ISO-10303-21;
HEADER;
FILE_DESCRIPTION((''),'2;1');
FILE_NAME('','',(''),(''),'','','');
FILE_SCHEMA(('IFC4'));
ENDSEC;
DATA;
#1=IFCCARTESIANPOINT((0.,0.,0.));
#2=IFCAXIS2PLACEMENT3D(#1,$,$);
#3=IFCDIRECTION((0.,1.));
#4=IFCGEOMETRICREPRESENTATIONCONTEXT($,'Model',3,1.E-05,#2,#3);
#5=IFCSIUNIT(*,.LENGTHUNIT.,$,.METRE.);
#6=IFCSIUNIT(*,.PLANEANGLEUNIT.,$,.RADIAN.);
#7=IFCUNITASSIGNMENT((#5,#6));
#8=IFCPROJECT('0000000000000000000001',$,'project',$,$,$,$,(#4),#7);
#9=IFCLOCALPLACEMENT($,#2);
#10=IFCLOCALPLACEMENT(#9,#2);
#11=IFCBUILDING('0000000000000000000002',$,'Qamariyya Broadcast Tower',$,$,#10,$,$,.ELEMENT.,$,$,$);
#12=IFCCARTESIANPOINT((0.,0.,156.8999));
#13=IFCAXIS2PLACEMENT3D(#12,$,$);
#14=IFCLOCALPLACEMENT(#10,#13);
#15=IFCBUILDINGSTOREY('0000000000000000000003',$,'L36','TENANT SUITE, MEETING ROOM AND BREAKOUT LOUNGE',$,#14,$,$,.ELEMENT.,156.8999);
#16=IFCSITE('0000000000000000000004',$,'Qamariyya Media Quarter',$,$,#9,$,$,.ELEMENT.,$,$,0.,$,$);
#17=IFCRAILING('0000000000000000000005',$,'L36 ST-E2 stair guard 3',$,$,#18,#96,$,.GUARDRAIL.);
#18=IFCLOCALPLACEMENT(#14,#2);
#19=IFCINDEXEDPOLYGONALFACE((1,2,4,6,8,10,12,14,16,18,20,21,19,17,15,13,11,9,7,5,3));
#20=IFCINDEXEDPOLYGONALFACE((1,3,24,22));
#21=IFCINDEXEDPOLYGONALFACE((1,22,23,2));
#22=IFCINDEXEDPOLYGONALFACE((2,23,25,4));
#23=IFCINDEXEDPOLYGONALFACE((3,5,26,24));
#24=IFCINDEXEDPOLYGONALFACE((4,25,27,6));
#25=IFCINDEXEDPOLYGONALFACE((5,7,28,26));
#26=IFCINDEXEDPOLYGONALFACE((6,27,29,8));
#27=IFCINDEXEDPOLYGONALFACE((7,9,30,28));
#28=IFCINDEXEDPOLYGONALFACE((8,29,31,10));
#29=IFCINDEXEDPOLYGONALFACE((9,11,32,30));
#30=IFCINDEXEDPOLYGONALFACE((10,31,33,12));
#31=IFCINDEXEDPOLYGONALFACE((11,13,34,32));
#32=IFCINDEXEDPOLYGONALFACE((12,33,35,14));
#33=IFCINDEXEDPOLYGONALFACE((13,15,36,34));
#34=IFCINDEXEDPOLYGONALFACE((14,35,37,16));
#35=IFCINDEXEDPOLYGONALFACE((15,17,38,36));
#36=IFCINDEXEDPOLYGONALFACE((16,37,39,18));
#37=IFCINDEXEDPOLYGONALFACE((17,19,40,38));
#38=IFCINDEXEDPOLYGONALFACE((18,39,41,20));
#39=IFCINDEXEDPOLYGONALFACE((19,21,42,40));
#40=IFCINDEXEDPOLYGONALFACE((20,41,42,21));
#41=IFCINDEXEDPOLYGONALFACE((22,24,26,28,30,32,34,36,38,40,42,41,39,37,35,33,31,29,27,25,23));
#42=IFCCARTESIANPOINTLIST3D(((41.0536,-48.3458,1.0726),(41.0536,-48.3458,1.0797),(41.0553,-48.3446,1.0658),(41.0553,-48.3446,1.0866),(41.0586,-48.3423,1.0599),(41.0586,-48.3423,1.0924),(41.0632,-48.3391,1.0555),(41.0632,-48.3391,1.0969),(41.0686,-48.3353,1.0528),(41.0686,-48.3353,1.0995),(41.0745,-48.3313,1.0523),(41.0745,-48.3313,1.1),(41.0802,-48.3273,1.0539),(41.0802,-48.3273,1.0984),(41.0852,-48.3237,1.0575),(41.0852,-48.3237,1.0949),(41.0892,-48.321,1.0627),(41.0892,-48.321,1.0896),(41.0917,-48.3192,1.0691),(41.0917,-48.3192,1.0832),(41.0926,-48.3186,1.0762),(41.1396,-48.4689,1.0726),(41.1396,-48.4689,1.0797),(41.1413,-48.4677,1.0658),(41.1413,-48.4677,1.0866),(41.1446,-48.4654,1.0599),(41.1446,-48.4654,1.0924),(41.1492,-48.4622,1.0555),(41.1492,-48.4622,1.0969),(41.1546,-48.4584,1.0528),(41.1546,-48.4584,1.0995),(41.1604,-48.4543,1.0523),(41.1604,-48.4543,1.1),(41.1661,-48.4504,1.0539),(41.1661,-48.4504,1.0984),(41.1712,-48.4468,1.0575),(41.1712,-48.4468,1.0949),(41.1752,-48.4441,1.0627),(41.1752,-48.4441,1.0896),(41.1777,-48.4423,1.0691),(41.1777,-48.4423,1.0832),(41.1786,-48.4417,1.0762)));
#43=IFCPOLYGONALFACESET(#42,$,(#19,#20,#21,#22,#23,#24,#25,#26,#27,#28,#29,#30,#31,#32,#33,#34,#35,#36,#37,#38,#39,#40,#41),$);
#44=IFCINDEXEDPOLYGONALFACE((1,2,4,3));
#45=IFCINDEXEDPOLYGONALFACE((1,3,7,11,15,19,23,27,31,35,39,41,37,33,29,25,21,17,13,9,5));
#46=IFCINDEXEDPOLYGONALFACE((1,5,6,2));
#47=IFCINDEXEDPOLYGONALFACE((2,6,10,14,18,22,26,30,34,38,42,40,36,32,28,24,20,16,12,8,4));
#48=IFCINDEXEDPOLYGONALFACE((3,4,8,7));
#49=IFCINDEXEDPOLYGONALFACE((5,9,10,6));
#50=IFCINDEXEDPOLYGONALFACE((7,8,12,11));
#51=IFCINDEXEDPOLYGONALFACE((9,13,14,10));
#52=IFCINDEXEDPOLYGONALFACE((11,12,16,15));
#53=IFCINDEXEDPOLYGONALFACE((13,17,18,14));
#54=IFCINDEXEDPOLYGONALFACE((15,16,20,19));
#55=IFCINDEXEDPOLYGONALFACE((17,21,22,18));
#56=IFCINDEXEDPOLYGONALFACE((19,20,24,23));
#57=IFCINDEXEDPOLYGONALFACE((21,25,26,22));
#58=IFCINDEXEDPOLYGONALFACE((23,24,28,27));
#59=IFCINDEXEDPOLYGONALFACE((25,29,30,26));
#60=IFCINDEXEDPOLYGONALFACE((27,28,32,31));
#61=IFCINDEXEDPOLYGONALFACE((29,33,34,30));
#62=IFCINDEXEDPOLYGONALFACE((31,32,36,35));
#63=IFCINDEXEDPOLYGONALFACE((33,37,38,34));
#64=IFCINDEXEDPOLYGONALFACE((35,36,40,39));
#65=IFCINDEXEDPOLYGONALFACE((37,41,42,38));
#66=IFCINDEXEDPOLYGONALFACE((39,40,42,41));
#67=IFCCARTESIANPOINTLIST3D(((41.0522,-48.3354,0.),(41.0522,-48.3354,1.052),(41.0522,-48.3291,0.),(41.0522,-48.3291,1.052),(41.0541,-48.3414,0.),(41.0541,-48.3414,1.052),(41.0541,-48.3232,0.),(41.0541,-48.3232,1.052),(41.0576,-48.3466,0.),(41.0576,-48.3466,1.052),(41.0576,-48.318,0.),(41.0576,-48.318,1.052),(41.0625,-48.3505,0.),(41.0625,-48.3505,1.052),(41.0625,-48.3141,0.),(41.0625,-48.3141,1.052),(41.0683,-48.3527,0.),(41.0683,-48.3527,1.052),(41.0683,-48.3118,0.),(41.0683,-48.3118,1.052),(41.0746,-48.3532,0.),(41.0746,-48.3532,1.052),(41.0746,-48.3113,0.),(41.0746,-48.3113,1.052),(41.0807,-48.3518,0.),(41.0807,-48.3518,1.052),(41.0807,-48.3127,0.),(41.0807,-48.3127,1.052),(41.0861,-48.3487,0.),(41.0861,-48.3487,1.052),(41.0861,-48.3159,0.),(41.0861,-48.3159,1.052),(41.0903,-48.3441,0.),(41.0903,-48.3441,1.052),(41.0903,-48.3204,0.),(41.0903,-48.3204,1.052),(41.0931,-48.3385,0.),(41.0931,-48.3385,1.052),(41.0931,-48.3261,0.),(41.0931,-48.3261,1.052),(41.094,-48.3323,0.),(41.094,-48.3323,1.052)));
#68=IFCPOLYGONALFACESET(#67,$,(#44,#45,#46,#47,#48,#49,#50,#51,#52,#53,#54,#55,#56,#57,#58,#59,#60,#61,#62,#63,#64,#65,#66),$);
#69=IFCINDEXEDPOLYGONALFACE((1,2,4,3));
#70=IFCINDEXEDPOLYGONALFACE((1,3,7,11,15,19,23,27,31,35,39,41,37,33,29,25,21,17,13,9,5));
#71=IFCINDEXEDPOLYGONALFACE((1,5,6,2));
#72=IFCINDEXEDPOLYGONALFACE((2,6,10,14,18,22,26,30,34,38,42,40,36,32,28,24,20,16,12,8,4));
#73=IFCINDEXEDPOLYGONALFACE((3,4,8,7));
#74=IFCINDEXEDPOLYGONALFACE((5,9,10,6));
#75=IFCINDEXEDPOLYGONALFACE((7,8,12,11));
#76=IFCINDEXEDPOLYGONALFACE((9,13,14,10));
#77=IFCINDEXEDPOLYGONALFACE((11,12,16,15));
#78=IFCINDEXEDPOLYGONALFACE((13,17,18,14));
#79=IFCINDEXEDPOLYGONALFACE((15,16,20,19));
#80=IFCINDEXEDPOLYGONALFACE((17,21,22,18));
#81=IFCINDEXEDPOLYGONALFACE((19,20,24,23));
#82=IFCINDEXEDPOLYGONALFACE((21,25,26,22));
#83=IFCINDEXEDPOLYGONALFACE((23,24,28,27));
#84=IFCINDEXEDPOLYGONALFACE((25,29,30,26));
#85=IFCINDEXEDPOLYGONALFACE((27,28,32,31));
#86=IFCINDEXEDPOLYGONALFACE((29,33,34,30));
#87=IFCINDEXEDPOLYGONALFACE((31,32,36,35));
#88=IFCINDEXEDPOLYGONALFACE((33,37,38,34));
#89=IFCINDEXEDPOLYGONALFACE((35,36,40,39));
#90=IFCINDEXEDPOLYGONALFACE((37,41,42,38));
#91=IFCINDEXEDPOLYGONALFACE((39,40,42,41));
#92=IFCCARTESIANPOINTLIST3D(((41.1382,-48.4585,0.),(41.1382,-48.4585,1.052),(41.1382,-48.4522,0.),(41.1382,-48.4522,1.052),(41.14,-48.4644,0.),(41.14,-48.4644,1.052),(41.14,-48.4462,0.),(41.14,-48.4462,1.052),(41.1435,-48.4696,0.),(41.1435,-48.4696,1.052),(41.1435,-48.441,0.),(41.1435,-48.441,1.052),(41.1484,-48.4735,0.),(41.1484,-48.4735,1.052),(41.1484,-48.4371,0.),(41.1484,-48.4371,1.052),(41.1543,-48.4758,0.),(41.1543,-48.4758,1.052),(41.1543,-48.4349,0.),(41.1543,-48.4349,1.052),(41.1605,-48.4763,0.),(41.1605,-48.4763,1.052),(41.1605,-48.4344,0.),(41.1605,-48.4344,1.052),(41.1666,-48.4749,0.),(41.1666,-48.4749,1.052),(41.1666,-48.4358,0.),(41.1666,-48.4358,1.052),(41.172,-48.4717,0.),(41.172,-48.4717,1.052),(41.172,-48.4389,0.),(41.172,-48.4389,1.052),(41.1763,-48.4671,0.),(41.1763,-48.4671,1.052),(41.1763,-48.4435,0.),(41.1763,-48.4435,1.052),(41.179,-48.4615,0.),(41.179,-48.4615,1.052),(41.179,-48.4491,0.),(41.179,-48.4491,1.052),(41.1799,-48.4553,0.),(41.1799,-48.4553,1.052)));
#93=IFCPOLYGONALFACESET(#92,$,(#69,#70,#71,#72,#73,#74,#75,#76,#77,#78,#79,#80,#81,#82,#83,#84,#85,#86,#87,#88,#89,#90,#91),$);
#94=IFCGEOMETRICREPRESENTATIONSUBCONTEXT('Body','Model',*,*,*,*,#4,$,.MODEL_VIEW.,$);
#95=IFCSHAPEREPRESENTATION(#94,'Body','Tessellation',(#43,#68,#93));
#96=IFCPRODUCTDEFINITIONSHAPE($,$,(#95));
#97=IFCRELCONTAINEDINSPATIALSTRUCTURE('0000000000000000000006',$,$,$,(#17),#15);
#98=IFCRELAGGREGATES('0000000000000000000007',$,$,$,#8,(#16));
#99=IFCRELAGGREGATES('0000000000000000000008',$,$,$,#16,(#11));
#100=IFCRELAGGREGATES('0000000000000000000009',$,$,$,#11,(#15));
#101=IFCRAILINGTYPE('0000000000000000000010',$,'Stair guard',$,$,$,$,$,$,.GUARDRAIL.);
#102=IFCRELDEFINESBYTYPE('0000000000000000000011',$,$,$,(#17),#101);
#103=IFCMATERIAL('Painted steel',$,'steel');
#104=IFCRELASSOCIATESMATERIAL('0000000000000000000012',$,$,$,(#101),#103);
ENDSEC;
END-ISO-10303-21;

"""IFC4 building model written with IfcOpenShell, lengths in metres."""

from ifc_helpers import new_model, si_unit, direction, frame, origin, origin_2d, place, context, subcontext, project, spatial, circle, extrude, material, type_object, element, save


model = new_model("IFC4")

# Units and contexts
model_context = context("Model", 3, precision=1e-05, world=origin(), true_north=direction((0.0, 1.0)))
body_context = subcontext(model_context, "Body", "Model", "MODEL_VIEW")
ifc_project = project(units=[si_unit("LENGTHUNIT", "METRE"), si_unit("PLANEANGLEUNIT", "RADIAN")], contexts=[model_context])

# Site, building, storey
site_placement = place(None, origin())
site = spatial("IfcSite", under=ifc_project, at=site_placement, Name="Qamariyya Media Quarter", CompositionType="ELEMENT", RefElevation=0.0)
building_placement = place(site_placement, origin())
building = spatial("IfcBuilding", under=site, at=building_placement, Name="Qamariyya Broadcast Tower", CompositionType="ELEMENT")
storey_placement = place(building_placement, frame((0.0, 0.0, 156.8999)))
storey = spatial("IfcBuildingStorey", under=building, at=storey_placement, Name="L36", Description="TENANT SUITE, MEETING ROOM AND BREAKOUT LOUNGE", CompositionType="ELEMENT", Elevation=156.8999)

# Railing
ifc_material_1 = material(Name="Painted steel", Category="steel")
railing_type_1 = type_object("IfcRailingType", Name="Stair guard", PredefinedType="GUARDRAIL", material=ifc_material_1)
railing_1_placement = place(storey_placement, frame((41.073, -48.3323, 0.0)))
element("IfcRailing", 1, at=railing_1_placement, inside=storey, type_object=railing_type_1, Name="L36 ST-E2 stair guard 3", PredefinedType="GUARDRAIL", context=body_context, shape_type="SweptSolid", body=[
    extrude(circle(Radius=0.0239, at=origin_2d()), frame((0.0, 0.0, 1.0762), z_axis=(0.572589, -0.819843, 0.0), x_axis=(0.819843, 0.572589, 0.0)), (0.0, 0.0, 1.0), 0.1501),
    extrude(circle(Radius=0.021, at=origin_2d()), origin(), (0.0, 0.0, 1.0), 1.052),
    extrude(circle(Radius=0.021, at=origin_2d()), frame((0.0859, -0.123, 0.0)), (0.0, 0.0, 1.0), 1.052),
])

save(model, "model.ifc")
